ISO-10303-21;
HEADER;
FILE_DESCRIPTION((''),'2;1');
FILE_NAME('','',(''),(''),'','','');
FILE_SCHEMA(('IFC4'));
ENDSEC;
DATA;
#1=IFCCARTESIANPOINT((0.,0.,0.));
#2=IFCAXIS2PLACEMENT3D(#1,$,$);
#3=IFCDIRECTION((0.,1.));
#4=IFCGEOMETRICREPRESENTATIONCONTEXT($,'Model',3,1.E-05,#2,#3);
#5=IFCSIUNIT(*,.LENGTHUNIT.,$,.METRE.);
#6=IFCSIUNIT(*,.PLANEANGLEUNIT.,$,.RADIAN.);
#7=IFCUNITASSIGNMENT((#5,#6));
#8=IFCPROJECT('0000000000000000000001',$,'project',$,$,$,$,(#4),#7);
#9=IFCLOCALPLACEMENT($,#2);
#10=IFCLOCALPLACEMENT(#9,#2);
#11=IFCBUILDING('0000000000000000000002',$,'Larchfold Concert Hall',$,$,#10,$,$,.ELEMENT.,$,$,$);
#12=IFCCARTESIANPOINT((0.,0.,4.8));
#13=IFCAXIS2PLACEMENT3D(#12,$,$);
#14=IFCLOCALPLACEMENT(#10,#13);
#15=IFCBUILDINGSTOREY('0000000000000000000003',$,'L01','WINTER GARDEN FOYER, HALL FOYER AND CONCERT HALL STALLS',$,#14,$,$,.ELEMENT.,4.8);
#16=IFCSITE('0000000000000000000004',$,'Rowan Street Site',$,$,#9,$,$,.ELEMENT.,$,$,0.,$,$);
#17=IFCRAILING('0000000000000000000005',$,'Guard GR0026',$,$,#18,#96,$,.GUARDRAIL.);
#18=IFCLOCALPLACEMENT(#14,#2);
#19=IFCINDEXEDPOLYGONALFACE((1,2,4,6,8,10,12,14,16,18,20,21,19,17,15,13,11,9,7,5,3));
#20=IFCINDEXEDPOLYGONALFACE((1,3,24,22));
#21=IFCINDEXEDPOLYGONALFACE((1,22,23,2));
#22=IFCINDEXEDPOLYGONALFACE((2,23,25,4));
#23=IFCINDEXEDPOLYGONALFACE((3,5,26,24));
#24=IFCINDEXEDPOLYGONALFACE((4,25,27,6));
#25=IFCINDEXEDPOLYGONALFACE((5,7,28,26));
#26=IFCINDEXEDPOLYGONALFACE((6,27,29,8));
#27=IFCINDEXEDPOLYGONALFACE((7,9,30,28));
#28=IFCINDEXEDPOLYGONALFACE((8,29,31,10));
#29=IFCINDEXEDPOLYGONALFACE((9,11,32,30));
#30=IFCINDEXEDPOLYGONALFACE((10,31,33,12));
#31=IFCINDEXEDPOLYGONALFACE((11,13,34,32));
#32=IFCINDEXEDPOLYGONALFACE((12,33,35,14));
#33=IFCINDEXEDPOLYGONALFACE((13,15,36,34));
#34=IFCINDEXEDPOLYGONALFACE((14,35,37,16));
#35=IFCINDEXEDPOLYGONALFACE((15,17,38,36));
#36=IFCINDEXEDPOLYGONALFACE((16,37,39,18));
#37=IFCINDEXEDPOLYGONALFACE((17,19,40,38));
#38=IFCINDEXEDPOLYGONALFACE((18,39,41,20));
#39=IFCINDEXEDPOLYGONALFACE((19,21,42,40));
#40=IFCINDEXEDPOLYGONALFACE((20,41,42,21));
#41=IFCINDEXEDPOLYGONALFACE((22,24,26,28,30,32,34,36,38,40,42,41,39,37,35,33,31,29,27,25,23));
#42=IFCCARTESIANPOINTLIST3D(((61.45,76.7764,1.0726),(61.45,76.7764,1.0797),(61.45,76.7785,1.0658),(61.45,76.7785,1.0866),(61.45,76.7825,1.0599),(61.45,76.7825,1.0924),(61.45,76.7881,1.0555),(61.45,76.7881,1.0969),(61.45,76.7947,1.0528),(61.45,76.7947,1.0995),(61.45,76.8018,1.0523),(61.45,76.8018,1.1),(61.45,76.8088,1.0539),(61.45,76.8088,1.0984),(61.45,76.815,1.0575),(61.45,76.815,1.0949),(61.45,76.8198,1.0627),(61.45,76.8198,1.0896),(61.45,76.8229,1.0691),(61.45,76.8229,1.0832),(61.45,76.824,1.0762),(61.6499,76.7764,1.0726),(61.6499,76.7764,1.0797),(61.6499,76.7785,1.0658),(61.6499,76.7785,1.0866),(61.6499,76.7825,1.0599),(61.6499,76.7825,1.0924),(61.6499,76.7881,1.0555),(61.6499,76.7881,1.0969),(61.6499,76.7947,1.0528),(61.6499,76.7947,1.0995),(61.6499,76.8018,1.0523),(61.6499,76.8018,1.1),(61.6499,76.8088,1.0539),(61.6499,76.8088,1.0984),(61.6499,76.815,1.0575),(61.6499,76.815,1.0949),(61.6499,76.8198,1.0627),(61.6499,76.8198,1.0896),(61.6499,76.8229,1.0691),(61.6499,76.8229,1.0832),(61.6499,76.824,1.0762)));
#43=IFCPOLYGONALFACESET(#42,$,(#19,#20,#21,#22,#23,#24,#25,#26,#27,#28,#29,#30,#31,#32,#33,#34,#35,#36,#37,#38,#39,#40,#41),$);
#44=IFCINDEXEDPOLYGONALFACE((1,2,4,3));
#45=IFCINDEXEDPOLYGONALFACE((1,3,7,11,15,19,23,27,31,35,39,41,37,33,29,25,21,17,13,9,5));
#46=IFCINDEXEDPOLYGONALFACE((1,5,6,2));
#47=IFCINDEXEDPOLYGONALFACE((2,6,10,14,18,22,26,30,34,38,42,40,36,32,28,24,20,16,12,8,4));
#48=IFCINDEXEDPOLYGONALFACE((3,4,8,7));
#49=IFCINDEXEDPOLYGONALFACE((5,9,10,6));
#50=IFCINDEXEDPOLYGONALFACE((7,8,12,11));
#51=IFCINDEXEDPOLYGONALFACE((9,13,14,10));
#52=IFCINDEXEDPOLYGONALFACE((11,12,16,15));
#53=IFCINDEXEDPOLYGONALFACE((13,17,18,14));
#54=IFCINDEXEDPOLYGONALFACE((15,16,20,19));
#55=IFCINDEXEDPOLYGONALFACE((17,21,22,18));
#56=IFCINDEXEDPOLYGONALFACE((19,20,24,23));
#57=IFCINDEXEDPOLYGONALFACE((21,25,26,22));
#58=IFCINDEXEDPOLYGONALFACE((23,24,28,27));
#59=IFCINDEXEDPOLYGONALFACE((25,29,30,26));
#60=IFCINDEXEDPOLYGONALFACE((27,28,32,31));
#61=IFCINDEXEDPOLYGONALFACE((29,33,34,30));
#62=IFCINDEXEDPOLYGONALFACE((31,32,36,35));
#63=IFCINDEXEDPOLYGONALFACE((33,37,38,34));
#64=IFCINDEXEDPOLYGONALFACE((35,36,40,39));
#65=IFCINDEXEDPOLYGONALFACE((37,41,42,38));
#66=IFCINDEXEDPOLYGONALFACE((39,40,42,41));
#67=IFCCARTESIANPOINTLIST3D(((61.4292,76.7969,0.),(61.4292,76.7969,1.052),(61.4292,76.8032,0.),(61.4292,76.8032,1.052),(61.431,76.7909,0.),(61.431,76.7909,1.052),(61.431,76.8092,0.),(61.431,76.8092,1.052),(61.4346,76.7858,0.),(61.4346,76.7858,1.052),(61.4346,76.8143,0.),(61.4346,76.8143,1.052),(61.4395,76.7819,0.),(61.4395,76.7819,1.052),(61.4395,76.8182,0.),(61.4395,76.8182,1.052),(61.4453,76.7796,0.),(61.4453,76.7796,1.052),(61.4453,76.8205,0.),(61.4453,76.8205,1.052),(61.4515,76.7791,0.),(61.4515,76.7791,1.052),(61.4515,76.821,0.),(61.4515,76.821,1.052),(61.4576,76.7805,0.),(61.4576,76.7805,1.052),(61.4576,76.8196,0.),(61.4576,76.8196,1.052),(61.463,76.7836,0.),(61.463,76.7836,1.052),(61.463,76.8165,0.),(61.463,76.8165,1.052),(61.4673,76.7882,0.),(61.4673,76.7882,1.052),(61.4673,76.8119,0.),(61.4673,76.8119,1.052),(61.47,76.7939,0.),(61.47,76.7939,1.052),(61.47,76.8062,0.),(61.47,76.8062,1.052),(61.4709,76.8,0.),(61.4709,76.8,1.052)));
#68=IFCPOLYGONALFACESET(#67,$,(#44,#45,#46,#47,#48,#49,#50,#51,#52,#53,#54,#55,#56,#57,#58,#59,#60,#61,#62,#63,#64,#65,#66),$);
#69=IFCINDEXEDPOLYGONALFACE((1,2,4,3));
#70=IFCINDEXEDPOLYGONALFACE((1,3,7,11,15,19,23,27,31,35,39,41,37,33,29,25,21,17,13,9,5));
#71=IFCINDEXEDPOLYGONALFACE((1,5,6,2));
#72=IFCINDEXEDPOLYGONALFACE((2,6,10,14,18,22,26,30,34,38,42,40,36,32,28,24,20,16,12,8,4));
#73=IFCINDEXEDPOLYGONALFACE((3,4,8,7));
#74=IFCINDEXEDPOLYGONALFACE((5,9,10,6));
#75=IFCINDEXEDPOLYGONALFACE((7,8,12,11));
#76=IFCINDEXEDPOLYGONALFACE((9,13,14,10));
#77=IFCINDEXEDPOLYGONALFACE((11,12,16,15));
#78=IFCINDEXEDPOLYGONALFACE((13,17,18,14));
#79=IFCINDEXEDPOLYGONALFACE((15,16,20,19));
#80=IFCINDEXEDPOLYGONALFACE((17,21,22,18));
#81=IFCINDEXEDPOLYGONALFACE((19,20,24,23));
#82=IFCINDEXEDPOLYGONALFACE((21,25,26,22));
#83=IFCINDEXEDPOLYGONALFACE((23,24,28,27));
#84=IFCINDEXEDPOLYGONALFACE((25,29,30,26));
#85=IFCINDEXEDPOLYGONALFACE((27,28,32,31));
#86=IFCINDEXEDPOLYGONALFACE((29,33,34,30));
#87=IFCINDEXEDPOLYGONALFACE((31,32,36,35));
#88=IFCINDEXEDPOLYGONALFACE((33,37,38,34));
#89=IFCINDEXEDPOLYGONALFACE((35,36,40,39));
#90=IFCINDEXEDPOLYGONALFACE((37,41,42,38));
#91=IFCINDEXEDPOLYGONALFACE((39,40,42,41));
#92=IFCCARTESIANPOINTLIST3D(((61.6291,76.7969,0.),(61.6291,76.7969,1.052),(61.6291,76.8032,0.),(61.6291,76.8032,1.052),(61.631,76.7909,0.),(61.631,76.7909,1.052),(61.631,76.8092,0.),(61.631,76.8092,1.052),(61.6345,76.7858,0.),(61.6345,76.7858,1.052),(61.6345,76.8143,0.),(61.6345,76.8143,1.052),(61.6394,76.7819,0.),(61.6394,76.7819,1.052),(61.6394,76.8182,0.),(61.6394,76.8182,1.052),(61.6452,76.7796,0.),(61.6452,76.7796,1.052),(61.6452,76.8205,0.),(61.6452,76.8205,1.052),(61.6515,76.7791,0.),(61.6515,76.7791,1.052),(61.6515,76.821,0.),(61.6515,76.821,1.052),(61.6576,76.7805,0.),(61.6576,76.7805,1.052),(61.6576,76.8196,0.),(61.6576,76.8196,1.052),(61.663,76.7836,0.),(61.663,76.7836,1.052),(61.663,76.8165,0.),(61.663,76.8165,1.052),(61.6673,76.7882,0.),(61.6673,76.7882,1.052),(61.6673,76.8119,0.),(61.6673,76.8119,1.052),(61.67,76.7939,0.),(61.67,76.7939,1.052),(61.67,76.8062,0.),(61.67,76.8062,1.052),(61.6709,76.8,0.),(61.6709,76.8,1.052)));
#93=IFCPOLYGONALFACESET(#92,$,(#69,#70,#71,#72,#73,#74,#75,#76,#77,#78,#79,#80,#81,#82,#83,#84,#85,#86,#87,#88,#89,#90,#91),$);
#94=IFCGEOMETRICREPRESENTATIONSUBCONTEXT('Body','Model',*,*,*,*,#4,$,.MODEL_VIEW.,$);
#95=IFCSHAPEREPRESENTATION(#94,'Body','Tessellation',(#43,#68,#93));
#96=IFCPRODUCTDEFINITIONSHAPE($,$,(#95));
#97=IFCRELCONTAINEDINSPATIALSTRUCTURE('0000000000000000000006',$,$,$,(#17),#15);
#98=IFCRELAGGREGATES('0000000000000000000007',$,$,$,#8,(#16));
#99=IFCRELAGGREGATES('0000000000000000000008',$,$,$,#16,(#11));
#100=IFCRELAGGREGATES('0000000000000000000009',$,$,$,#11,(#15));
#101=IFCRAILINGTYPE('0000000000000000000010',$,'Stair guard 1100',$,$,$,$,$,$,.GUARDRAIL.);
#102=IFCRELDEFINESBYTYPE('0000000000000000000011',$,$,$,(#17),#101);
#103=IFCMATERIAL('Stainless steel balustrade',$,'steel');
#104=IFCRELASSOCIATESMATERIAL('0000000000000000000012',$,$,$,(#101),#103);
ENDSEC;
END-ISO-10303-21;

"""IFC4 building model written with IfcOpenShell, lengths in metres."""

from ifc_helpers import new_model, si_unit, direction, frame, origin, origin_2d, place, context, subcontext, project, spatial, circle, extrude, material, type_object, element, save


model = new_model("IFC4")

# Units and contexts
model_context = context("Model", 3, precision=1e-05, world=origin(), true_north=direction((0.0, 1.0)))
body_context = subcontext(model_context, "Body", "Model", "MODEL_VIEW")
ifc_project = project(units=[si_unit("LENGTHUNIT", "METRE"), si_unit("PLANEANGLEUNIT", "RADIAN")], contexts=[model_context])

# Site, building, storey
site_placement = place(None, origin())
site = spatial("IfcSite", under=ifc_project, at=site_placement, Name="Rowan Street Site", CompositionType="ELEMENT", RefElevation=0.0)
building_placement = place(site_placement, origin())
building = spatial("IfcBuilding", under=site, at=building_placement, Name="Larchfold Concert Hall", CompositionType="ELEMENT")
storey_placement = place(building_placement, frame((0.0, 0.0, 4.8)))
storey = spatial("IfcBuildingStorey", under=building, at=storey_placement, Name="L01", Description="WINTER GARDEN FOYER, HALL FOYER AND CONCERT HALL STALLS", CompositionType="ELEMENT", Elevation=4.8)

# Railing
ifc_material_1 = material(Name="Stainless steel balustrade", Category="steel")
railing_type_1 = type_object("IfcRailingType", Name="Stair guard 1100", PredefinedType="GUARDRAIL", material=ifc_material_1)
railing_1_placement = place(storey_placement, frame((61.45, 76.8, 0.0)))
element("IfcRailing", 1, at=railing_1_placement, inside=storey, type_object=railing_type_1, Name="Guard GR0026", PredefinedType="GUARDRAIL", context=body_context, shape_type="SweptSolid", body=[
    extrude(circle(Radius=0.0239, at=origin_2d()), frame((0.0, 0.0, 1.0762), z_axis=(1.0, 0.0, 0.0), x_axis=(0.0, 1.0, 0.0)), (0.0, 0.0, 1.0), 0.2),
    extrude(circle(Radius=0.021, at=origin_2d()), origin(), (0.0, 0.0, 1.0), 1.052),
    extrude(circle(Radius=0.021, at=origin_2d()), frame((0.2, 0.0, 0.0)), (0.0, 0.0, 1.0), 1.052),
])

save(model, "model.ifc")
